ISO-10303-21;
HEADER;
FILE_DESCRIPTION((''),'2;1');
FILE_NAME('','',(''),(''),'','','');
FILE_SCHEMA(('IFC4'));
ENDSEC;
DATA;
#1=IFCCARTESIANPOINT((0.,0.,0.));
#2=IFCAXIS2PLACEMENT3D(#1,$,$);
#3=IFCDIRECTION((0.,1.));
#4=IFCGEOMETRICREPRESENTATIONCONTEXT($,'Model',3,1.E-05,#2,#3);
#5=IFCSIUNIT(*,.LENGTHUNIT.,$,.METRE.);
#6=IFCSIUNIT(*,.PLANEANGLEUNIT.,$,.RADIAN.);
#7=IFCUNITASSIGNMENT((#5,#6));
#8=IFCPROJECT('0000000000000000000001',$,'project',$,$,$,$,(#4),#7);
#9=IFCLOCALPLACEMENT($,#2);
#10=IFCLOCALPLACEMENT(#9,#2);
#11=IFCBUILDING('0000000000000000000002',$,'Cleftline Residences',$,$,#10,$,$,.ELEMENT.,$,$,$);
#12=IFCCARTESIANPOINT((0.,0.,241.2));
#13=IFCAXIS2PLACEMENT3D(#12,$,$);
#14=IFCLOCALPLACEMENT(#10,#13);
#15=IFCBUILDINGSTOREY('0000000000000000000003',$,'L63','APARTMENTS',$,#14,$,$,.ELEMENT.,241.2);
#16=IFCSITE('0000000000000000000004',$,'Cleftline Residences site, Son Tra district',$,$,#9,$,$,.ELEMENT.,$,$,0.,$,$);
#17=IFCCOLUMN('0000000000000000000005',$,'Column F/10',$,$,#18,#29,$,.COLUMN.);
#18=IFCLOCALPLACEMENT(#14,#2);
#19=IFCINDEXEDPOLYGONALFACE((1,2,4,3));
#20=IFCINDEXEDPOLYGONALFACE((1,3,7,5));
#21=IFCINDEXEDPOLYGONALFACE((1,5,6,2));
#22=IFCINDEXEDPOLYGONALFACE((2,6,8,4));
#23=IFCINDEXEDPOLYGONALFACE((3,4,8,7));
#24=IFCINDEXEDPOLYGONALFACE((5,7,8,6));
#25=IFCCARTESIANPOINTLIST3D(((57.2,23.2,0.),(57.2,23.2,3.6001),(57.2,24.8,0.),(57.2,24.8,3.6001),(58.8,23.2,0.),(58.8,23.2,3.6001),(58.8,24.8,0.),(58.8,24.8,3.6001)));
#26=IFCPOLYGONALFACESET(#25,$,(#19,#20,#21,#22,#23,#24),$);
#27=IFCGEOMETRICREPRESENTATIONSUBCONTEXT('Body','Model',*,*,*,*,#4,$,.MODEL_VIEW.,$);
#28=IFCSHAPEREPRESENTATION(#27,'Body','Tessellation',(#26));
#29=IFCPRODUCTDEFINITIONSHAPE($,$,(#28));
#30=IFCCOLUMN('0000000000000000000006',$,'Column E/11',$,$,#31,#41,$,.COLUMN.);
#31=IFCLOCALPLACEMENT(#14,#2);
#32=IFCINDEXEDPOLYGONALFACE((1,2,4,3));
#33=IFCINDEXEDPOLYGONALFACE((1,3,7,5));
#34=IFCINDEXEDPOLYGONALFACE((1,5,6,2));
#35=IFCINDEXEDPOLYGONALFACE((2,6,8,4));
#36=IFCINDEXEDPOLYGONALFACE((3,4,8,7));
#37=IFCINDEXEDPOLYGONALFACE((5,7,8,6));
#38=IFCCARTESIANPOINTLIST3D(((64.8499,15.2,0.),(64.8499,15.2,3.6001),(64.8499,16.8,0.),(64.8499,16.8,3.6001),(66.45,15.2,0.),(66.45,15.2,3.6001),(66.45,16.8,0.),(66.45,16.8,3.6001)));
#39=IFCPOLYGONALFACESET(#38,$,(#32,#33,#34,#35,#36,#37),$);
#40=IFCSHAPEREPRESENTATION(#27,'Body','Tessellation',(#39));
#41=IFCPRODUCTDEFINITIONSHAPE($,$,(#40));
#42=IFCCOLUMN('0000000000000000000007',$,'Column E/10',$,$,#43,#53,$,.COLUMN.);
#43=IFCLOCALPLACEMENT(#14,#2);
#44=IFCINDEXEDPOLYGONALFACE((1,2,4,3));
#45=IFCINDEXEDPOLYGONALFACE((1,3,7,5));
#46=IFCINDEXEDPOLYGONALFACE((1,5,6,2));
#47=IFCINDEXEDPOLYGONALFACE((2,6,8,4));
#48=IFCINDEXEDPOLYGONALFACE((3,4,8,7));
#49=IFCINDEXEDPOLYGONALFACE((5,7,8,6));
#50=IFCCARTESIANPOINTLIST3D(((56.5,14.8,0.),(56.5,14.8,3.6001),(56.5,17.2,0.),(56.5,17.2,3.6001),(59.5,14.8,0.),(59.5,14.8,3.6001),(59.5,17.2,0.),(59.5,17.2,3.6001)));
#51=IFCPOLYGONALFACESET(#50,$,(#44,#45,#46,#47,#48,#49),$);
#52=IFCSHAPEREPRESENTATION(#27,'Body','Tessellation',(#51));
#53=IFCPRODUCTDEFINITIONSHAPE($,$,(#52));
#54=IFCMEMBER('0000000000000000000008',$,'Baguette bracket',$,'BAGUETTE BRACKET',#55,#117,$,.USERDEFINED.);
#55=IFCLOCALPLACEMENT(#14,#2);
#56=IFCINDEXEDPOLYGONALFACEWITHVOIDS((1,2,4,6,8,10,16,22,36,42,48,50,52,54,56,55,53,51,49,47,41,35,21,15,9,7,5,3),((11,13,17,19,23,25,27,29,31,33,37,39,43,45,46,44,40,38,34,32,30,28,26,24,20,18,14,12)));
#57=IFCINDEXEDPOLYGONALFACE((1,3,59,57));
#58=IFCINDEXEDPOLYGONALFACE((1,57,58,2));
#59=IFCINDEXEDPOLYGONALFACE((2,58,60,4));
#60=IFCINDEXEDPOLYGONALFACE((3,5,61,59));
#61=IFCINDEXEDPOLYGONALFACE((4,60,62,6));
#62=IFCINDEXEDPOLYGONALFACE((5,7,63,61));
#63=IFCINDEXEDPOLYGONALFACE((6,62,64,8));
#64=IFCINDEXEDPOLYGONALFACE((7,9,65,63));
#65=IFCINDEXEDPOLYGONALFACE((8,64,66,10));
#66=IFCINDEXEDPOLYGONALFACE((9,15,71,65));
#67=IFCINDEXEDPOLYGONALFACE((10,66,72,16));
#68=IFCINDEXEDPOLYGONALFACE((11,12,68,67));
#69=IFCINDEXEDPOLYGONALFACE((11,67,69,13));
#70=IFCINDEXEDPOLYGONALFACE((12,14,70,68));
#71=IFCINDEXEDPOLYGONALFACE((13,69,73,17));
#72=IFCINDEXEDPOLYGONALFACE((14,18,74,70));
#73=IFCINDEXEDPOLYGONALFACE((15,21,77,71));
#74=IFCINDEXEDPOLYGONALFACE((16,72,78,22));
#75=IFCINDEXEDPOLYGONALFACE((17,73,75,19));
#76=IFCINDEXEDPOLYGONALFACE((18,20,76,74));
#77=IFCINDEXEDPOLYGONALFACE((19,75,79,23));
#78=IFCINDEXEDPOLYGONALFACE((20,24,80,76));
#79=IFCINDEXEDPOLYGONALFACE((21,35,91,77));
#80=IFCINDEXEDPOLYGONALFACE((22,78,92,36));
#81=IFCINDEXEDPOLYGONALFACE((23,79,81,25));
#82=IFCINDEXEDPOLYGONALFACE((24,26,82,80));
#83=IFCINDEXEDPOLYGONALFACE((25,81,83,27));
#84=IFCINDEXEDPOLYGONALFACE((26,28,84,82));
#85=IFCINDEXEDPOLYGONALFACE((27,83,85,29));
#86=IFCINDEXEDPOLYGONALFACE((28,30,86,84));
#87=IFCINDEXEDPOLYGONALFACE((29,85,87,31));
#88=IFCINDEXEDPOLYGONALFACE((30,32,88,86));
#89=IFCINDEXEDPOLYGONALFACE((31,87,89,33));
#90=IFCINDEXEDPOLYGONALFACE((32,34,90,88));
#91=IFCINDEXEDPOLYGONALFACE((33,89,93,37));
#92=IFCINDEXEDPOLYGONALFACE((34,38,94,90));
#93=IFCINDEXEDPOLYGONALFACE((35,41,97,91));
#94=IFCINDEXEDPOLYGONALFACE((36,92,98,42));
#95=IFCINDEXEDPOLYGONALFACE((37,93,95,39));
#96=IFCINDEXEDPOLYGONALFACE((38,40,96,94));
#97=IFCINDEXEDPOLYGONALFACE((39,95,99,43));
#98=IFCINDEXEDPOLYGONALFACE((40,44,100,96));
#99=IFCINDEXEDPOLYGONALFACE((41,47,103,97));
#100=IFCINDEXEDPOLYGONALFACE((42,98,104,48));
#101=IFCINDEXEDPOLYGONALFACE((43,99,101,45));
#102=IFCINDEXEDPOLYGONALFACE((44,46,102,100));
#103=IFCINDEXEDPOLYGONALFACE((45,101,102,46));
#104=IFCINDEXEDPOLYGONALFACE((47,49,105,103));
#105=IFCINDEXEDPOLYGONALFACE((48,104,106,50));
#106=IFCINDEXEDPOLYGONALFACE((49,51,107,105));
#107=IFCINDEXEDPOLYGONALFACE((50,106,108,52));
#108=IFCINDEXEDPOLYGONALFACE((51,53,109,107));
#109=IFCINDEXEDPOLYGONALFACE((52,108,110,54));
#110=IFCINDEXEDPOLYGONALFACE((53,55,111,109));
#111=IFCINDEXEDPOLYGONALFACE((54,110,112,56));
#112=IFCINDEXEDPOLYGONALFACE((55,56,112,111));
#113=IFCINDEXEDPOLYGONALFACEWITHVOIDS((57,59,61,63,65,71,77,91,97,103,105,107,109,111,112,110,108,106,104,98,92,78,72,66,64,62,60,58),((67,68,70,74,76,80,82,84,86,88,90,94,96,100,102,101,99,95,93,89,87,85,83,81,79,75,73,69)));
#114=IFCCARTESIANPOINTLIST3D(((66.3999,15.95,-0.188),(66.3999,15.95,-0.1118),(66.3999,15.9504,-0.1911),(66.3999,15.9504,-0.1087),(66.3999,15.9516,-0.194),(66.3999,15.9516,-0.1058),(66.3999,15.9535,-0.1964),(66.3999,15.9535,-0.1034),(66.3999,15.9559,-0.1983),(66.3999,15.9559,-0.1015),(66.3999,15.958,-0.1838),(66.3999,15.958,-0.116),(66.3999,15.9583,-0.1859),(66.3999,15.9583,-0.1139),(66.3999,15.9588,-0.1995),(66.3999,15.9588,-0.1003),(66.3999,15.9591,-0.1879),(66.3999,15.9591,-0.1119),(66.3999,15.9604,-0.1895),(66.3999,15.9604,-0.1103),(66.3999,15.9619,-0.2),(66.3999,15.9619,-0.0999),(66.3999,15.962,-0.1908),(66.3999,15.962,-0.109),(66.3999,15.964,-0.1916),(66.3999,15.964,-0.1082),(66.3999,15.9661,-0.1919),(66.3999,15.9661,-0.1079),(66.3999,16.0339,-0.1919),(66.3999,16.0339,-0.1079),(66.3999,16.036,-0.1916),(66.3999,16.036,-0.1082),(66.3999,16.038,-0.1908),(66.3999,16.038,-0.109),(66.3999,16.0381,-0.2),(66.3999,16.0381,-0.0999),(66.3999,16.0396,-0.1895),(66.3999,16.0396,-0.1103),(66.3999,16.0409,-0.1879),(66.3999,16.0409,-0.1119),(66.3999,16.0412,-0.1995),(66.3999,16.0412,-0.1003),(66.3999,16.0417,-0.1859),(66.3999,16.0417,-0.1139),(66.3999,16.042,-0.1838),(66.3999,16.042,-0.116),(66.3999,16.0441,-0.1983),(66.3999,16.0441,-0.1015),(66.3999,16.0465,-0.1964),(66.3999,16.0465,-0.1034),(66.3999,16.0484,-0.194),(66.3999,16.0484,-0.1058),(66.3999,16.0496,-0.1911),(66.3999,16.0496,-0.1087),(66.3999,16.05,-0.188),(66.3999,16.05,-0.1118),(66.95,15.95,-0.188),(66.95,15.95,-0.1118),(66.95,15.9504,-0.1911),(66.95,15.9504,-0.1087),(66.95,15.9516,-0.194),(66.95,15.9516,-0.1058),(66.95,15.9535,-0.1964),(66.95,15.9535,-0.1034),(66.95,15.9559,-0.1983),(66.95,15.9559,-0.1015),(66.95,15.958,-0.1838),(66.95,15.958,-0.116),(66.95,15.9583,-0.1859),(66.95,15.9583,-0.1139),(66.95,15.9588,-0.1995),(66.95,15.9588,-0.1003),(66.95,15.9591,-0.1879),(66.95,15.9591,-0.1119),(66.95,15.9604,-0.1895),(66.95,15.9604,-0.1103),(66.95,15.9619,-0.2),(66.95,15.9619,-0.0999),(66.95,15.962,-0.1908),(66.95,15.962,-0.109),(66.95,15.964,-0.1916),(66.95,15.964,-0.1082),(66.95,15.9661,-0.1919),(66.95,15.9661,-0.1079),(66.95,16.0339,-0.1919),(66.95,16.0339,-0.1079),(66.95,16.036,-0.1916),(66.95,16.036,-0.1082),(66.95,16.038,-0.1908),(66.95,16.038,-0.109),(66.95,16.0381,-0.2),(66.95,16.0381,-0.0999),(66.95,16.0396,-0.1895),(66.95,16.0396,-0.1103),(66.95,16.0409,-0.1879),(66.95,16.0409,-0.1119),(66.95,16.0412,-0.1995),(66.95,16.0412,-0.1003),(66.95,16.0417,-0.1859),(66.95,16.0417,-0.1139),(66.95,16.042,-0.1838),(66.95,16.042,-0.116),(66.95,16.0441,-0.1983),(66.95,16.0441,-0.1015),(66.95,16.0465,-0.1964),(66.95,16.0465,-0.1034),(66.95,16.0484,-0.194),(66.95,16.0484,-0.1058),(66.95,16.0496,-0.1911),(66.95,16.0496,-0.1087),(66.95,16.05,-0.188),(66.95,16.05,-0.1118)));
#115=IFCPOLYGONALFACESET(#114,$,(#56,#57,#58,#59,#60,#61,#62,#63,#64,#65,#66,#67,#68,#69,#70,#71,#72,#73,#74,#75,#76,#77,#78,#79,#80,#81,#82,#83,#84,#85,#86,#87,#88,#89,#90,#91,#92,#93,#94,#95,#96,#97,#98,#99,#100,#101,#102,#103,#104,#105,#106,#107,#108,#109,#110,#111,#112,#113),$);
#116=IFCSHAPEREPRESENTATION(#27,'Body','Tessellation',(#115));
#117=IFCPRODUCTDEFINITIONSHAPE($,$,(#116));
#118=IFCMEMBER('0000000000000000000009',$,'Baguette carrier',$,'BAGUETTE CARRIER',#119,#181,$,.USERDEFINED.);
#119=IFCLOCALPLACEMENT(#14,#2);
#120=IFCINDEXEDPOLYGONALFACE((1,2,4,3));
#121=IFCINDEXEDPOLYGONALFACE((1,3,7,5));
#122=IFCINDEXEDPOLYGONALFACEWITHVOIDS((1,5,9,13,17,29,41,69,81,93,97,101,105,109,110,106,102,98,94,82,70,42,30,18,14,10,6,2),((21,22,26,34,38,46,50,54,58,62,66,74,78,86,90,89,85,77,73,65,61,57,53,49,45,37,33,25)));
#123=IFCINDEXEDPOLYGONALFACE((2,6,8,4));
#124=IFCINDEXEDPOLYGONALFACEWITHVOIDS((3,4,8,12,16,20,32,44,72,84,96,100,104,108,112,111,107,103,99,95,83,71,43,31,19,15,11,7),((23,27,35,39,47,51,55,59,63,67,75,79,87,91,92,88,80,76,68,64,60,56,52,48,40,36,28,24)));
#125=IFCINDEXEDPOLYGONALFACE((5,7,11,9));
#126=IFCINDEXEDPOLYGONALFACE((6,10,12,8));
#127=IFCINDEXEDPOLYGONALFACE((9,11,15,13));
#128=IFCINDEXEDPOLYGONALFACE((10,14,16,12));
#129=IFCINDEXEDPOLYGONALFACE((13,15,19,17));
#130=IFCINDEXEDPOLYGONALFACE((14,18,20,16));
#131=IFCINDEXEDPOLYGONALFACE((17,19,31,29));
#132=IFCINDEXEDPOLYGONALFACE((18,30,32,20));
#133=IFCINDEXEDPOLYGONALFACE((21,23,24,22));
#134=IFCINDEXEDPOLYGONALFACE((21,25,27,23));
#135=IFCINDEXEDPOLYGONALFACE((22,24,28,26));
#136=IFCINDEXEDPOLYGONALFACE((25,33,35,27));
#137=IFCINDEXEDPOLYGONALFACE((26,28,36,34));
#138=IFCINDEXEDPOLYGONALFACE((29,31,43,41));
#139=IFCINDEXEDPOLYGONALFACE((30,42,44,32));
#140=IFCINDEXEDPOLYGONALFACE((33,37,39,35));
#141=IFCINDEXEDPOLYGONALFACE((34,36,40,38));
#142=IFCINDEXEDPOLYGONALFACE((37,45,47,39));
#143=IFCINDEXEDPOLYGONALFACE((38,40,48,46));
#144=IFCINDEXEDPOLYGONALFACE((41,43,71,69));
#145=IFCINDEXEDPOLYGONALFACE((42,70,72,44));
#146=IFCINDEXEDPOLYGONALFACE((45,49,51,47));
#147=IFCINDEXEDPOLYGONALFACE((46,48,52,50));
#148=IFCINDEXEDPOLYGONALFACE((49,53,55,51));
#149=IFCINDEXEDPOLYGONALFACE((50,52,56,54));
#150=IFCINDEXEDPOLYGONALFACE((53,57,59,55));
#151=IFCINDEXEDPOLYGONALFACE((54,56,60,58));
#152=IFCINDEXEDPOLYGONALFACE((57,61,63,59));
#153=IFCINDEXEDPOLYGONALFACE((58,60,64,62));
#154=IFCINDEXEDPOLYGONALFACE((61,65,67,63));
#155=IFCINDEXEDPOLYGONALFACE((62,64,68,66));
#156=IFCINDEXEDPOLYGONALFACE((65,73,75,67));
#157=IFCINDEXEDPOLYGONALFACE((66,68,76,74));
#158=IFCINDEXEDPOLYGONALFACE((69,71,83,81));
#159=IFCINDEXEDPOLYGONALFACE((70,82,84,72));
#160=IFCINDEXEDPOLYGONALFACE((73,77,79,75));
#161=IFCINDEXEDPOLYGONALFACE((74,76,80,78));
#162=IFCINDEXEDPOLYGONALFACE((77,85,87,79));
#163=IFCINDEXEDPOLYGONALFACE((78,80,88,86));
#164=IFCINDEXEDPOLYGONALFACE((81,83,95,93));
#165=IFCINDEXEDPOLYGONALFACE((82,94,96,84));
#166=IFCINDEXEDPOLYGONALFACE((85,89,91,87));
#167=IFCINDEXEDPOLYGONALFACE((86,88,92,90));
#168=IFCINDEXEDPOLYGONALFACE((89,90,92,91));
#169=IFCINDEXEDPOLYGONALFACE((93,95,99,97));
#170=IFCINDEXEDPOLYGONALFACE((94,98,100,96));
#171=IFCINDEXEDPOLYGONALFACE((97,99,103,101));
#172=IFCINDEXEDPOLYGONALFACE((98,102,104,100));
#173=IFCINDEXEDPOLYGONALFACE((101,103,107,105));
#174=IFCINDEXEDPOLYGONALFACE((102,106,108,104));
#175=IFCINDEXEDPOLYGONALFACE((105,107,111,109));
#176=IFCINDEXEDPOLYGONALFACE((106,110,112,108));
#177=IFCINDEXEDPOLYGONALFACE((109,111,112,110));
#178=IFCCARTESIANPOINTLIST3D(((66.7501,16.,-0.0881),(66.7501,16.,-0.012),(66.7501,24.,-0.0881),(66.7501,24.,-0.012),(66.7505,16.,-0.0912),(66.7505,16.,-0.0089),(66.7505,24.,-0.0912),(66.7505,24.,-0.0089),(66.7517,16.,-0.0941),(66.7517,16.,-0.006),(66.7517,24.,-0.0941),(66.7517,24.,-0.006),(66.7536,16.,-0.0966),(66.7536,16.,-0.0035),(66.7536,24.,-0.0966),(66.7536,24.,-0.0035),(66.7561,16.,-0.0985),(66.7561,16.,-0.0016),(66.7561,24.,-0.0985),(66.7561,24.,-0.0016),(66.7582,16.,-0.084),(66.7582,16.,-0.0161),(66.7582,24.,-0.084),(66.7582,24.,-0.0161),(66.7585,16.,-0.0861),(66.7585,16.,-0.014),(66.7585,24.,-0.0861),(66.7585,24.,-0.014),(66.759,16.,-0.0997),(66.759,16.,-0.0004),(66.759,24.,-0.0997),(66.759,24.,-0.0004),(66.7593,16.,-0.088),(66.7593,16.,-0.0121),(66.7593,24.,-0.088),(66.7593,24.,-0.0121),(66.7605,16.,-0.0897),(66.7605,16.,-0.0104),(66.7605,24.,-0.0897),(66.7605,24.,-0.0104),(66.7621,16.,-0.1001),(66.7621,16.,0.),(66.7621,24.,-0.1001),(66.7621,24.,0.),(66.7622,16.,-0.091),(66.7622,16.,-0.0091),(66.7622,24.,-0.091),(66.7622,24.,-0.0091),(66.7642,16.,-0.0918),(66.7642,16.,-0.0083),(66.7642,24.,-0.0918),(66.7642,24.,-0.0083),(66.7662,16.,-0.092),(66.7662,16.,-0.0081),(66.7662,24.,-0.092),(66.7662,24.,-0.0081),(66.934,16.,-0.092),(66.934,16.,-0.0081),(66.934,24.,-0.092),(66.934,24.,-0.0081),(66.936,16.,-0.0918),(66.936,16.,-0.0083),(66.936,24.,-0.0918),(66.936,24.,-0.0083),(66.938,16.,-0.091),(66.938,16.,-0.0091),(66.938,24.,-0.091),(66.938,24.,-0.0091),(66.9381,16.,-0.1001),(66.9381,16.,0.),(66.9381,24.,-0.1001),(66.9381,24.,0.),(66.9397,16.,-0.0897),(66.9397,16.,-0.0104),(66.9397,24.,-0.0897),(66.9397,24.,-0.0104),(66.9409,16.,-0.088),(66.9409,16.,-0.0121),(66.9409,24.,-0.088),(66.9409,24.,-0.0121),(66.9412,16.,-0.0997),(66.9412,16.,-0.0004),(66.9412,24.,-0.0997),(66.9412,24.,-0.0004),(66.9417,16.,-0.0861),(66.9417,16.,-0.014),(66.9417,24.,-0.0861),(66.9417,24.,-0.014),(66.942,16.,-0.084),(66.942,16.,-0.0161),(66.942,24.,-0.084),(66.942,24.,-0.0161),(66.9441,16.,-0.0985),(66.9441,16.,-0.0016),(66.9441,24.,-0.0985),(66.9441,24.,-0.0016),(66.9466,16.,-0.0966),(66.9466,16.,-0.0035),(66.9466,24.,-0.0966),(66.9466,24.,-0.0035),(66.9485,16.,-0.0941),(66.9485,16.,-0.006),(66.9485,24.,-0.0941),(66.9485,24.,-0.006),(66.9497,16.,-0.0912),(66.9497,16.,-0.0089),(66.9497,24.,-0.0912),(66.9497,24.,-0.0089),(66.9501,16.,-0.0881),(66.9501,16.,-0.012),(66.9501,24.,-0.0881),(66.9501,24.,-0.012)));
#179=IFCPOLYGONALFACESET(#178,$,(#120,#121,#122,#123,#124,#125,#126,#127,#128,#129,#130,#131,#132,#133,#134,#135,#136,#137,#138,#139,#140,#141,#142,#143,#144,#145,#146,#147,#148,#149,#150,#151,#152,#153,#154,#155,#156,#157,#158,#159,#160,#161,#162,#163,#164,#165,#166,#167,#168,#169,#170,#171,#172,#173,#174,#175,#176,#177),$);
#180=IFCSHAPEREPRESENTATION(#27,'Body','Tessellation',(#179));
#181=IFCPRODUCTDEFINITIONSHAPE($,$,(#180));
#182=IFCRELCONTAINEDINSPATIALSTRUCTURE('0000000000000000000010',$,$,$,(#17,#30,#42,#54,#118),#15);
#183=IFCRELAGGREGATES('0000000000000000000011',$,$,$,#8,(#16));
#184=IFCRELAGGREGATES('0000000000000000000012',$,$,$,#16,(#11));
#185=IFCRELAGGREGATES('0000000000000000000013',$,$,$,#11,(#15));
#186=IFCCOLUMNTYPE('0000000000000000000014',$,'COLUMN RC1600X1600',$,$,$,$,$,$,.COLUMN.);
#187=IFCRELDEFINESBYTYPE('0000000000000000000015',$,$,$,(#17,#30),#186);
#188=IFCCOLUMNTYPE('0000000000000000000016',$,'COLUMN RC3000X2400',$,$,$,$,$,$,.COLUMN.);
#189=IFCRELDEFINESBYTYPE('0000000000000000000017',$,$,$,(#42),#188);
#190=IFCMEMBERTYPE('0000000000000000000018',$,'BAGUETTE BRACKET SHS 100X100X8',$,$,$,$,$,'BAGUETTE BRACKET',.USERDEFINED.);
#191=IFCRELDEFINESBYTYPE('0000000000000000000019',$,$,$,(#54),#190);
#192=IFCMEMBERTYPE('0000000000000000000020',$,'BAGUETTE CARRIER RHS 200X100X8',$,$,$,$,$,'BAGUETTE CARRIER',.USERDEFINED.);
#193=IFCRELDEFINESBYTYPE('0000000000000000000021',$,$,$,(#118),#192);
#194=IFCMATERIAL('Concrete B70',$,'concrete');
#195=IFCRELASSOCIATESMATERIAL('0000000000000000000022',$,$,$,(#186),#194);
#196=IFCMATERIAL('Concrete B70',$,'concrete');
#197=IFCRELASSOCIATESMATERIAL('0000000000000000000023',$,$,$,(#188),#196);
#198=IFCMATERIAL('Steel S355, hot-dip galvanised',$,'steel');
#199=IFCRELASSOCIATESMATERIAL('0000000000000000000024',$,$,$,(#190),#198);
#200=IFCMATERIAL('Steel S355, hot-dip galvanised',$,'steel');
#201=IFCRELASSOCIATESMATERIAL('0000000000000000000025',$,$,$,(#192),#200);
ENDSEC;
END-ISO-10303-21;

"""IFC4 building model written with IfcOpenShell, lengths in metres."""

from ifc_helpers import new_model, si_unit, direction, frame, origin, origin_2d, place, context, subcontext, project, spatial, rectangle, hollow_rectangle, extrude, material, material_profile, profile_set, type_object, element, save


model = new_model("IFC4")

# Units and contexts
model_context = context("Model", 3, precision=1e-05, world=origin(), true_north=direction((0.0, 1.0)))
body_context = subcontext(model_context, "Body", "Model", "MODEL_VIEW")
ifc_project = project(units=[si_unit("LENGTHUNIT", "METRE"), si_unit("PLANEANGLEUNIT", "RADIAN")], contexts=[model_context])

# Site, building, storey
site_placement = place(None, origin())
site = spatial("IfcSite", under=ifc_project, at=site_placement, Name="Cleftline Residences site, Son Tra district", CompositionType="ELEMENT", RefElevation=0.0)
building_placement = place(site_placement, origin())
building = spatial("IfcBuilding", under=site, at=building_placement, Name="Cleftline Residences", CompositionType="ELEMENT")
storey_placement = place(building_placement, frame((0.0, 0.0, 241.2)))
storey = spatial("IfcBuildingStorey", under=building, at=storey_placement, Name="L63", Description="APARTMENTS", CompositionType="ELEMENT", Elevation=241.2)

# Columns
ifc_material_1 = material(Name="Concrete B70", Category="concrete")
ifc_material_profile_1 = material_profile(ifc_material_1, rectangle(XDim=1.6001, YDim=1.6001, at=origin_2d()))
ifc_profile_set_1 = profile_set([ifc_material_profile_1], Name="Concrete B70")
column_type_1 = type_object("IfcColumnType", Name="COLUMN RC1600X1600", PredefinedType="COLUMN", material=ifc_profile_set_1)
for number, where, z_axis, x_axis, name in (
    (1, (58.0, 24.0, 0.0), (0.0, 0.0, 1.0), (1.0, 0.0, 0.0), "Column F/10"),
    (2, (65.6499, 16.0, 0.0), (0.0, 0.0, 1.0), (1.0, 0.0, 0.0), "Column E/11"),
):
    element("IfcColumn", number, at=place(storey_placement, frame(where, z_axis=z_axis, x_axis=x_axis)), inside=storey, type_object=column_type_1, Name=name, PredefinedType="COLUMN", context=body_context, shape_type="SweptSolid", body=[
        extrude(rectangle(XDim=1.6001, YDim=1.6001, at=origin_2d()), origin(), (0.0, 0.0, 1.0), 3.6001),
    ])
ifc_material_2 = material(Name="Concrete B70", Category="concrete")
ifc_material_profile_2 = material_profile(ifc_material_2, rectangle(XDim=3.0, YDim=2.3999, at=origin_2d()))
ifc_profile_set_2 = profile_set([ifc_material_profile_2], Name="Concrete B70")
column_type_2 = type_object("IfcColumnType", Name="COLUMN RC3000X2400", PredefinedType="COLUMN", material=ifc_profile_set_2)
column_placement = place(storey_placement, frame((58.0, 16.0, 0.0), z_axis=(0.0, 0.0, 1.0), x_axis=(1.0, 0.0, 0.0)))
element("IfcColumn", 3, at=column_placement, inside=storey, type_object=column_type_2, Name="Column E/10", PredefinedType="COLUMN", context=body_context, shape_type="SweptSolid", body=[
    extrude(rectangle(XDim=3.0, YDim=2.3999, at=origin_2d()), origin(), (0.0, 0.0, 1.0), 3.6001),
])

# Members
ifc_material_3 = material(Name="Steel S355, hot-dip galvanised", Category="steel")
ifc_material_profile_3 = material_profile(ifc_material_3, hollow_rectangle(XDim=0.1001, YDim=0.1001, WallThickness=0.0081, InnerFilletRadius=0.0081, OuterFilletRadius=0.012, at=origin_2d()))
ifc_profile_set_3 = profile_set([ifc_material_profile_3], Name="Steel S355, hot-dip galvanised")
member_type_1 = type_object("IfcMemberType", Name="BAGUETTE BRACKET SHS 100X100X8", ElementType="BAGUETTE BRACKET", PredefinedType="USERDEFINED", material=ifc_profile_set_3)
member_1_placement = place(storey_placement, frame((66.3999, 16.0, -0.1499), z_axis=(1.0, 0.0, 0.0), x_axis=(0.0, 1.0, 0.0)))
element("IfcMember", 4, at=member_1_placement, inside=storey, type_object=member_type_1, Name="Baguette bracket", ObjectType="BAGUETTE BRACKET", PredefinedType="USERDEFINED", context=body_context, shape_type="SweptSolid", body=[
    extrude(hollow_rectangle(XDim=0.1001, YDim=0.1001, WallThickness=0.0081, InnerFilletRadius=0.0081, OuterFilletRadius=0.012, at=origin_2d()), origin(), (0.0, 0.0, 1.0), 0.55),
])
ifc_material_4 = material(Name="Steel S355, hot-dip galvanised", Category="steel")
ifc_material_profile_4 = material_profile(ifc_material_4, hollow_rectangle(XDim=0.1001, YDim=0.2, WallThickness=0.0081, InnerFilletRadius=0.0081, OuterFilletRadius=0.012, at=origin_2d()))
ifc_profile_set_4 = profile_set([ifc_material_profile_4], Name="Steel S355, hot-dip galvanised")
member_type_2 = type_object("IfcMemberType", Name="BAGUETTE CARRIER RHS 200X100X8", ElementType="BAGUETTE CARRIER", PredefinedType="USERDEFINED", material=ifc_profile_set_4)
member_2_placement = place(storey_placement, frame((66.8501, 16.0, -0.05), z_axis=(0.0, 1.0, 0.0), x_axis=(0.0, 0.0, 1.0)))
element("IfcMember", 5, at=member_2_placement, inside=storey, type_object=member_type_2, Name="Baguette carrier", ObjectType="BAGUETTE CARRIER", PredefinedType="USERDEFINED", context=body_context, shape_type="SweptSolid", body=[
    extrude(hollow_rectangle(XDim=0.1001, YDim=0.2, WallThickness=0.0081, InnerFilletRadius=0.0081, OuterFilletRadius=0.012, at=origin_2d()), origin(), (0.0, 0.0, 1.0), 8.0),
])

save(model, "model.ifc")
